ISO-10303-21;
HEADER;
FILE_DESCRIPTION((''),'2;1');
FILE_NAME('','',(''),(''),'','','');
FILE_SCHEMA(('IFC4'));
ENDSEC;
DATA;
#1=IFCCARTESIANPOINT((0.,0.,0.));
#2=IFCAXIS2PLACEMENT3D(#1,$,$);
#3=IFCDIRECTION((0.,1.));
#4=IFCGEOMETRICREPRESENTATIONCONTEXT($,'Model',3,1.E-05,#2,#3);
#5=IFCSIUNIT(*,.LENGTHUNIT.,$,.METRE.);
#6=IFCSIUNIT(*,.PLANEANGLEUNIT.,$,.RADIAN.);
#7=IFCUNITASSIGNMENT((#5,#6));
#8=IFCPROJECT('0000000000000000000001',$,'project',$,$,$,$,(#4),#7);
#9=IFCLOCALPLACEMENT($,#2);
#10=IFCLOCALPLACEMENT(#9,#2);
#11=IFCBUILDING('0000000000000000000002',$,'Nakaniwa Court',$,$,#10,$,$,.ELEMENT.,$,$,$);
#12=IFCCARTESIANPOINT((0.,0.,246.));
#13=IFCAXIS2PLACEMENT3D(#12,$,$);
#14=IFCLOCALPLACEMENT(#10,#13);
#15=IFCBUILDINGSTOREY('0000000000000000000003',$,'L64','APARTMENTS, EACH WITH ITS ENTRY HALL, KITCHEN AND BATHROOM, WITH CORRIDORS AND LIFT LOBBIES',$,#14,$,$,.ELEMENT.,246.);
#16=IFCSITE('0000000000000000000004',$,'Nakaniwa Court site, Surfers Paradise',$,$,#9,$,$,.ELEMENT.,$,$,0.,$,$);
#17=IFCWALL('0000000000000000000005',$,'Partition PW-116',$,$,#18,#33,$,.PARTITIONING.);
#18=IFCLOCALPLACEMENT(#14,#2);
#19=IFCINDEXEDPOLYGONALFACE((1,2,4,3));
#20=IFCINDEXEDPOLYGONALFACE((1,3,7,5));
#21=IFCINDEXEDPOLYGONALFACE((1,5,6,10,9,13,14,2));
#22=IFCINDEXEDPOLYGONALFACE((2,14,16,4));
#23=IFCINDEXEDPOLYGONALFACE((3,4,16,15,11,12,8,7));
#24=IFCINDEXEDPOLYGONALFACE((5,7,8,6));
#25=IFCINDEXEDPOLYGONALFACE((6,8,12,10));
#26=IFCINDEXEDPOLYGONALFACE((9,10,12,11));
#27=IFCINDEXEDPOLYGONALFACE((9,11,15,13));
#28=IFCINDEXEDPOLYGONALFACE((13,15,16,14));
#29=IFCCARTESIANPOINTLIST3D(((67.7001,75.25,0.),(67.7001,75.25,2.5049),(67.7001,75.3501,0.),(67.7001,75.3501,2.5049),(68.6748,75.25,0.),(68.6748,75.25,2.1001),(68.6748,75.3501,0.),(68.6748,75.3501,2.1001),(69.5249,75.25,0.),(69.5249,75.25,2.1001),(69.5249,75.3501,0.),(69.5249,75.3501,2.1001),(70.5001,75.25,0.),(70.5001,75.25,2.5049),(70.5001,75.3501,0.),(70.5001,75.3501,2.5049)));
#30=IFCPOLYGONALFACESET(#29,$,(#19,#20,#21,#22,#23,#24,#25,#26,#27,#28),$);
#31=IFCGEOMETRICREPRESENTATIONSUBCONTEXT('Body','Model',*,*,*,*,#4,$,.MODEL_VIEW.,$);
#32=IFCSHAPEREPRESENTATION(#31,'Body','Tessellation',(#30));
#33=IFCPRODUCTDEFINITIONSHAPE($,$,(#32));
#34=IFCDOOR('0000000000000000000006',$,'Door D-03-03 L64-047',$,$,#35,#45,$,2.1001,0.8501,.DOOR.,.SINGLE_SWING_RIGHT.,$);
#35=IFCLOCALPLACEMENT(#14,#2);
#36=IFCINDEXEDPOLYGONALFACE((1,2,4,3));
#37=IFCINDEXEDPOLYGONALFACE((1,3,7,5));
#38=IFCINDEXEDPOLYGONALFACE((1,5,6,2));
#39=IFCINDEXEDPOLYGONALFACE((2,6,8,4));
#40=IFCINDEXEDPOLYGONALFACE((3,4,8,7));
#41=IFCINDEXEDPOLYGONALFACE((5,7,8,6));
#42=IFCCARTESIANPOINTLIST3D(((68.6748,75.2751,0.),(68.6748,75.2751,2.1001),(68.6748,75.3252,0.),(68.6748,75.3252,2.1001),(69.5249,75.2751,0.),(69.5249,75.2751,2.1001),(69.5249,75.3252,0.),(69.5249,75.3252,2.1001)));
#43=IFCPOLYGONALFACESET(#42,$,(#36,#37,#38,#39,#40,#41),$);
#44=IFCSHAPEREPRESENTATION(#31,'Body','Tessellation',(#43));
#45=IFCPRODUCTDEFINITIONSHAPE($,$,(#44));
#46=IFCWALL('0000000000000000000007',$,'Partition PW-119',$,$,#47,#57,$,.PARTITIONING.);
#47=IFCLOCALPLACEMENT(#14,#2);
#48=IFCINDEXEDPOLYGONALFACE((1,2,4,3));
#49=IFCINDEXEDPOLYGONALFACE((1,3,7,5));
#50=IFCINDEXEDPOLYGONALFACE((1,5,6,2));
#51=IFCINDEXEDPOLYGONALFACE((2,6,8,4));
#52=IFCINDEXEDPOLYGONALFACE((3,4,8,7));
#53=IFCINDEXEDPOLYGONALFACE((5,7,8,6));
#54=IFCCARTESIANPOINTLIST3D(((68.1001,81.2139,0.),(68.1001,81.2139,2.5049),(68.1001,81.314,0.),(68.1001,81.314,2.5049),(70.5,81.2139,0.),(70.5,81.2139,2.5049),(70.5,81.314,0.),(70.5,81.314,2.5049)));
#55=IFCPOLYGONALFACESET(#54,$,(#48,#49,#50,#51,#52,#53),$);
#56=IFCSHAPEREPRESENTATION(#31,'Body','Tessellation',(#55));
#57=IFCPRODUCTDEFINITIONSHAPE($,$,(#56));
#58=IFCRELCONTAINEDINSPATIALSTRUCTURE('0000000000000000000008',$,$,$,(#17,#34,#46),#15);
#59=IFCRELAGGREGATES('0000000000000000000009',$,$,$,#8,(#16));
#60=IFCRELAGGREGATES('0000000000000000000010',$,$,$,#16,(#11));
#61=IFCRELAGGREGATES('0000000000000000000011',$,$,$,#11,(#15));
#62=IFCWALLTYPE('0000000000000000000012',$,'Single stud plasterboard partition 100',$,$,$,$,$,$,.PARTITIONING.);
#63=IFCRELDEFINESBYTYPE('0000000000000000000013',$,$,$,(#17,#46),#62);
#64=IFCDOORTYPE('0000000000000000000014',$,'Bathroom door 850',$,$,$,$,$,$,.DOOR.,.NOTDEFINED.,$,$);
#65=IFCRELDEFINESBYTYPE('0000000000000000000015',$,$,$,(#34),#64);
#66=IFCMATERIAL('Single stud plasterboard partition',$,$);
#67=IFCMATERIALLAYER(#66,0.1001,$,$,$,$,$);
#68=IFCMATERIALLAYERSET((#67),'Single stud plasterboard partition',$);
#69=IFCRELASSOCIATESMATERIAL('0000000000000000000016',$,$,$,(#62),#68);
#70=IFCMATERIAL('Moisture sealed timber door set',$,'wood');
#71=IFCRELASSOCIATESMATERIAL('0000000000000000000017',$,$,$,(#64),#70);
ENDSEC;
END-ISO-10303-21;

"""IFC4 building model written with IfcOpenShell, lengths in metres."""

from ifc_helpers import new_model, si_unit, direction, frame, frame_2d, origin, place, context, subcontext, project, spatial, rectangle, extrude, material, layer, layer_set, type_object, element, fill, save


model = new_model("IFC4")

# Units and contexts
model_context = context("Model", 3, precision=1e-05, world=origin(), true_north=direction((0.0, 1.0)))
body_context = subcontext(model_context, "Body", "Model", "MODEL_VIEW")
ifc_project = project(units=[si_unit("LENGTHUNIT", "METRE"), si_unit("PLANEANGLEUNIT", "RADIAN")], contexts=[model_context])

# Site, building, storey
site_placement = place(None, origin())
site = spatial("IfcSite", under=ifc_project, at=site_placement, Name="Nakaniwa Court site, Surfers Paradise", CompositionType="ELEMENT", RefElevation=0.0)
building_placement = place(site_placement, origin())
building = spatial("IfcBuilding", under=site, at=building_placement, Name="Nakaniwa Court", CompositionType="ELEMENT")
storey_placement = place(building_placement, frame((0.0, 0.0, 246.0)))
storey = spatial("IfcBuildingStorey", under=building, at=storey_placement, Name="L64", Description="APARTMENTS, EACH WITH ITS ENTRY HALL, KITCHEN AND BATHROOM, WITH CORRIDORS AND LIFT LOBBIES", CompositionType="ELEMENT", Elevation=246.0)

# Wall, opening, door
ifc_material_1 = material(Name="Single stud plasterboard partition")
ifc_layer_1 = layer(ifc_material_1, 0.1001)
ifc_layer_set_1 = layer_set([ifc_layer_1], Name="Single stud plasterboard partition")
wall_type_1 = type_object("IfcWallType", Name="Single stud plasterboard partition 100", PredefinedType="PARTITIONING", material=ifc_layer_set_1)
wall_1_placement = place(storey_placement, frame((70.5, 75.3, 0.0), z_axis=(0.0, 0.0, 1.0), x_axis=(-1.0, 0.0, 0.0)))
wall_1 = element("IfcWall", 1, at=wall_1_placement, inside=storey, type_object=wall_type_1, Name="Partition PW-116", PredefinedType="PARTITIONING", context=body_context, shape_type="SweptSolid", body=[
    extrude(rectangle(XDim=2.8, YDim=0.1001, at=frame_2d((1.3999, 0.0))), origin(), (0.0, 0.0, 1.0), 2.5049),
])
opening_1_placement = place(wall_1_placement, frame((0.9751, 0.0, 0.0)))
opening_1 = element("IfcOpeningElement", 2, at=opening_1_placement, cuts=wall_1, PredefinedType="OPENING", context=body_context, shape_type="SweptSolid", body=[
    extrude(rectangle(XDim=0.8501, YDim=2.1001, at=frame_2d((0.425, 1.05))), frame((0.0, 0.0601, 0.0), z_axis=(0.0, -1.0, 0.0), x_axis=(1.0, 0.0, 0.0)), (0.0, 0.0, 1.0), 0.1201),
])
ifc_material_2 = material(Name="Moisture sealed timber door set", Category="wood")
door_type_1 = type_object("IfcDoorType", Name="Bathroom door 850", OperationType="NOTDEFINED", PredefinedType="DOOR", material=ifc_material_2)
door_1_placement = place(opening_1_placement, origin())
door_1 = element("IfcDoor", 3, at=door_1_placement, inside=storey, type_object=door_type_1, Name="Door D-03-03 L64-047", OperationType="SINGLE_SWING_RIGHT", OverallHeight=2.1001, OverallWidth=0.8501, PredefinedType="DOOR", context=body_context, shape_type="SweptSolid", body=[
    extrude(rectangle(XDim=0.8501, YDim=2.1001, at=frame_2d((0.425, 1.05))), frame((0.0, 0.0249, 0.0), z_axis=(0.0, -1.0, 0.0), x_axis=(1.0, 0.0, 0.0)), (0.0, 0.0, 1.0), 0.05),
])
fill(opening_1, door_1)

# Wall
wall_2_placement = place(storey_placement, frame((68.1001, 81.2639, 0.0), z_axis=(0.0, 0.0, 1.0), x_axis=(1.0, 0.0, 0.0)))
element("IfcWall", 4, at=wall_2_placement, inside=storey, type_object=wall_type_1, Name="Partition PW-119", PredefinedType="PARTITIONING", context=body_context, shape_type="SweptSolid", body=[
    extrude(rectangle(XDim=2.3999, YDim=0.1001, at=frame_2d((1.2, 0.0))), origin(), (0.0, 0.0, 1.0), 2.5049),
])

save(model, "model.ifc")
